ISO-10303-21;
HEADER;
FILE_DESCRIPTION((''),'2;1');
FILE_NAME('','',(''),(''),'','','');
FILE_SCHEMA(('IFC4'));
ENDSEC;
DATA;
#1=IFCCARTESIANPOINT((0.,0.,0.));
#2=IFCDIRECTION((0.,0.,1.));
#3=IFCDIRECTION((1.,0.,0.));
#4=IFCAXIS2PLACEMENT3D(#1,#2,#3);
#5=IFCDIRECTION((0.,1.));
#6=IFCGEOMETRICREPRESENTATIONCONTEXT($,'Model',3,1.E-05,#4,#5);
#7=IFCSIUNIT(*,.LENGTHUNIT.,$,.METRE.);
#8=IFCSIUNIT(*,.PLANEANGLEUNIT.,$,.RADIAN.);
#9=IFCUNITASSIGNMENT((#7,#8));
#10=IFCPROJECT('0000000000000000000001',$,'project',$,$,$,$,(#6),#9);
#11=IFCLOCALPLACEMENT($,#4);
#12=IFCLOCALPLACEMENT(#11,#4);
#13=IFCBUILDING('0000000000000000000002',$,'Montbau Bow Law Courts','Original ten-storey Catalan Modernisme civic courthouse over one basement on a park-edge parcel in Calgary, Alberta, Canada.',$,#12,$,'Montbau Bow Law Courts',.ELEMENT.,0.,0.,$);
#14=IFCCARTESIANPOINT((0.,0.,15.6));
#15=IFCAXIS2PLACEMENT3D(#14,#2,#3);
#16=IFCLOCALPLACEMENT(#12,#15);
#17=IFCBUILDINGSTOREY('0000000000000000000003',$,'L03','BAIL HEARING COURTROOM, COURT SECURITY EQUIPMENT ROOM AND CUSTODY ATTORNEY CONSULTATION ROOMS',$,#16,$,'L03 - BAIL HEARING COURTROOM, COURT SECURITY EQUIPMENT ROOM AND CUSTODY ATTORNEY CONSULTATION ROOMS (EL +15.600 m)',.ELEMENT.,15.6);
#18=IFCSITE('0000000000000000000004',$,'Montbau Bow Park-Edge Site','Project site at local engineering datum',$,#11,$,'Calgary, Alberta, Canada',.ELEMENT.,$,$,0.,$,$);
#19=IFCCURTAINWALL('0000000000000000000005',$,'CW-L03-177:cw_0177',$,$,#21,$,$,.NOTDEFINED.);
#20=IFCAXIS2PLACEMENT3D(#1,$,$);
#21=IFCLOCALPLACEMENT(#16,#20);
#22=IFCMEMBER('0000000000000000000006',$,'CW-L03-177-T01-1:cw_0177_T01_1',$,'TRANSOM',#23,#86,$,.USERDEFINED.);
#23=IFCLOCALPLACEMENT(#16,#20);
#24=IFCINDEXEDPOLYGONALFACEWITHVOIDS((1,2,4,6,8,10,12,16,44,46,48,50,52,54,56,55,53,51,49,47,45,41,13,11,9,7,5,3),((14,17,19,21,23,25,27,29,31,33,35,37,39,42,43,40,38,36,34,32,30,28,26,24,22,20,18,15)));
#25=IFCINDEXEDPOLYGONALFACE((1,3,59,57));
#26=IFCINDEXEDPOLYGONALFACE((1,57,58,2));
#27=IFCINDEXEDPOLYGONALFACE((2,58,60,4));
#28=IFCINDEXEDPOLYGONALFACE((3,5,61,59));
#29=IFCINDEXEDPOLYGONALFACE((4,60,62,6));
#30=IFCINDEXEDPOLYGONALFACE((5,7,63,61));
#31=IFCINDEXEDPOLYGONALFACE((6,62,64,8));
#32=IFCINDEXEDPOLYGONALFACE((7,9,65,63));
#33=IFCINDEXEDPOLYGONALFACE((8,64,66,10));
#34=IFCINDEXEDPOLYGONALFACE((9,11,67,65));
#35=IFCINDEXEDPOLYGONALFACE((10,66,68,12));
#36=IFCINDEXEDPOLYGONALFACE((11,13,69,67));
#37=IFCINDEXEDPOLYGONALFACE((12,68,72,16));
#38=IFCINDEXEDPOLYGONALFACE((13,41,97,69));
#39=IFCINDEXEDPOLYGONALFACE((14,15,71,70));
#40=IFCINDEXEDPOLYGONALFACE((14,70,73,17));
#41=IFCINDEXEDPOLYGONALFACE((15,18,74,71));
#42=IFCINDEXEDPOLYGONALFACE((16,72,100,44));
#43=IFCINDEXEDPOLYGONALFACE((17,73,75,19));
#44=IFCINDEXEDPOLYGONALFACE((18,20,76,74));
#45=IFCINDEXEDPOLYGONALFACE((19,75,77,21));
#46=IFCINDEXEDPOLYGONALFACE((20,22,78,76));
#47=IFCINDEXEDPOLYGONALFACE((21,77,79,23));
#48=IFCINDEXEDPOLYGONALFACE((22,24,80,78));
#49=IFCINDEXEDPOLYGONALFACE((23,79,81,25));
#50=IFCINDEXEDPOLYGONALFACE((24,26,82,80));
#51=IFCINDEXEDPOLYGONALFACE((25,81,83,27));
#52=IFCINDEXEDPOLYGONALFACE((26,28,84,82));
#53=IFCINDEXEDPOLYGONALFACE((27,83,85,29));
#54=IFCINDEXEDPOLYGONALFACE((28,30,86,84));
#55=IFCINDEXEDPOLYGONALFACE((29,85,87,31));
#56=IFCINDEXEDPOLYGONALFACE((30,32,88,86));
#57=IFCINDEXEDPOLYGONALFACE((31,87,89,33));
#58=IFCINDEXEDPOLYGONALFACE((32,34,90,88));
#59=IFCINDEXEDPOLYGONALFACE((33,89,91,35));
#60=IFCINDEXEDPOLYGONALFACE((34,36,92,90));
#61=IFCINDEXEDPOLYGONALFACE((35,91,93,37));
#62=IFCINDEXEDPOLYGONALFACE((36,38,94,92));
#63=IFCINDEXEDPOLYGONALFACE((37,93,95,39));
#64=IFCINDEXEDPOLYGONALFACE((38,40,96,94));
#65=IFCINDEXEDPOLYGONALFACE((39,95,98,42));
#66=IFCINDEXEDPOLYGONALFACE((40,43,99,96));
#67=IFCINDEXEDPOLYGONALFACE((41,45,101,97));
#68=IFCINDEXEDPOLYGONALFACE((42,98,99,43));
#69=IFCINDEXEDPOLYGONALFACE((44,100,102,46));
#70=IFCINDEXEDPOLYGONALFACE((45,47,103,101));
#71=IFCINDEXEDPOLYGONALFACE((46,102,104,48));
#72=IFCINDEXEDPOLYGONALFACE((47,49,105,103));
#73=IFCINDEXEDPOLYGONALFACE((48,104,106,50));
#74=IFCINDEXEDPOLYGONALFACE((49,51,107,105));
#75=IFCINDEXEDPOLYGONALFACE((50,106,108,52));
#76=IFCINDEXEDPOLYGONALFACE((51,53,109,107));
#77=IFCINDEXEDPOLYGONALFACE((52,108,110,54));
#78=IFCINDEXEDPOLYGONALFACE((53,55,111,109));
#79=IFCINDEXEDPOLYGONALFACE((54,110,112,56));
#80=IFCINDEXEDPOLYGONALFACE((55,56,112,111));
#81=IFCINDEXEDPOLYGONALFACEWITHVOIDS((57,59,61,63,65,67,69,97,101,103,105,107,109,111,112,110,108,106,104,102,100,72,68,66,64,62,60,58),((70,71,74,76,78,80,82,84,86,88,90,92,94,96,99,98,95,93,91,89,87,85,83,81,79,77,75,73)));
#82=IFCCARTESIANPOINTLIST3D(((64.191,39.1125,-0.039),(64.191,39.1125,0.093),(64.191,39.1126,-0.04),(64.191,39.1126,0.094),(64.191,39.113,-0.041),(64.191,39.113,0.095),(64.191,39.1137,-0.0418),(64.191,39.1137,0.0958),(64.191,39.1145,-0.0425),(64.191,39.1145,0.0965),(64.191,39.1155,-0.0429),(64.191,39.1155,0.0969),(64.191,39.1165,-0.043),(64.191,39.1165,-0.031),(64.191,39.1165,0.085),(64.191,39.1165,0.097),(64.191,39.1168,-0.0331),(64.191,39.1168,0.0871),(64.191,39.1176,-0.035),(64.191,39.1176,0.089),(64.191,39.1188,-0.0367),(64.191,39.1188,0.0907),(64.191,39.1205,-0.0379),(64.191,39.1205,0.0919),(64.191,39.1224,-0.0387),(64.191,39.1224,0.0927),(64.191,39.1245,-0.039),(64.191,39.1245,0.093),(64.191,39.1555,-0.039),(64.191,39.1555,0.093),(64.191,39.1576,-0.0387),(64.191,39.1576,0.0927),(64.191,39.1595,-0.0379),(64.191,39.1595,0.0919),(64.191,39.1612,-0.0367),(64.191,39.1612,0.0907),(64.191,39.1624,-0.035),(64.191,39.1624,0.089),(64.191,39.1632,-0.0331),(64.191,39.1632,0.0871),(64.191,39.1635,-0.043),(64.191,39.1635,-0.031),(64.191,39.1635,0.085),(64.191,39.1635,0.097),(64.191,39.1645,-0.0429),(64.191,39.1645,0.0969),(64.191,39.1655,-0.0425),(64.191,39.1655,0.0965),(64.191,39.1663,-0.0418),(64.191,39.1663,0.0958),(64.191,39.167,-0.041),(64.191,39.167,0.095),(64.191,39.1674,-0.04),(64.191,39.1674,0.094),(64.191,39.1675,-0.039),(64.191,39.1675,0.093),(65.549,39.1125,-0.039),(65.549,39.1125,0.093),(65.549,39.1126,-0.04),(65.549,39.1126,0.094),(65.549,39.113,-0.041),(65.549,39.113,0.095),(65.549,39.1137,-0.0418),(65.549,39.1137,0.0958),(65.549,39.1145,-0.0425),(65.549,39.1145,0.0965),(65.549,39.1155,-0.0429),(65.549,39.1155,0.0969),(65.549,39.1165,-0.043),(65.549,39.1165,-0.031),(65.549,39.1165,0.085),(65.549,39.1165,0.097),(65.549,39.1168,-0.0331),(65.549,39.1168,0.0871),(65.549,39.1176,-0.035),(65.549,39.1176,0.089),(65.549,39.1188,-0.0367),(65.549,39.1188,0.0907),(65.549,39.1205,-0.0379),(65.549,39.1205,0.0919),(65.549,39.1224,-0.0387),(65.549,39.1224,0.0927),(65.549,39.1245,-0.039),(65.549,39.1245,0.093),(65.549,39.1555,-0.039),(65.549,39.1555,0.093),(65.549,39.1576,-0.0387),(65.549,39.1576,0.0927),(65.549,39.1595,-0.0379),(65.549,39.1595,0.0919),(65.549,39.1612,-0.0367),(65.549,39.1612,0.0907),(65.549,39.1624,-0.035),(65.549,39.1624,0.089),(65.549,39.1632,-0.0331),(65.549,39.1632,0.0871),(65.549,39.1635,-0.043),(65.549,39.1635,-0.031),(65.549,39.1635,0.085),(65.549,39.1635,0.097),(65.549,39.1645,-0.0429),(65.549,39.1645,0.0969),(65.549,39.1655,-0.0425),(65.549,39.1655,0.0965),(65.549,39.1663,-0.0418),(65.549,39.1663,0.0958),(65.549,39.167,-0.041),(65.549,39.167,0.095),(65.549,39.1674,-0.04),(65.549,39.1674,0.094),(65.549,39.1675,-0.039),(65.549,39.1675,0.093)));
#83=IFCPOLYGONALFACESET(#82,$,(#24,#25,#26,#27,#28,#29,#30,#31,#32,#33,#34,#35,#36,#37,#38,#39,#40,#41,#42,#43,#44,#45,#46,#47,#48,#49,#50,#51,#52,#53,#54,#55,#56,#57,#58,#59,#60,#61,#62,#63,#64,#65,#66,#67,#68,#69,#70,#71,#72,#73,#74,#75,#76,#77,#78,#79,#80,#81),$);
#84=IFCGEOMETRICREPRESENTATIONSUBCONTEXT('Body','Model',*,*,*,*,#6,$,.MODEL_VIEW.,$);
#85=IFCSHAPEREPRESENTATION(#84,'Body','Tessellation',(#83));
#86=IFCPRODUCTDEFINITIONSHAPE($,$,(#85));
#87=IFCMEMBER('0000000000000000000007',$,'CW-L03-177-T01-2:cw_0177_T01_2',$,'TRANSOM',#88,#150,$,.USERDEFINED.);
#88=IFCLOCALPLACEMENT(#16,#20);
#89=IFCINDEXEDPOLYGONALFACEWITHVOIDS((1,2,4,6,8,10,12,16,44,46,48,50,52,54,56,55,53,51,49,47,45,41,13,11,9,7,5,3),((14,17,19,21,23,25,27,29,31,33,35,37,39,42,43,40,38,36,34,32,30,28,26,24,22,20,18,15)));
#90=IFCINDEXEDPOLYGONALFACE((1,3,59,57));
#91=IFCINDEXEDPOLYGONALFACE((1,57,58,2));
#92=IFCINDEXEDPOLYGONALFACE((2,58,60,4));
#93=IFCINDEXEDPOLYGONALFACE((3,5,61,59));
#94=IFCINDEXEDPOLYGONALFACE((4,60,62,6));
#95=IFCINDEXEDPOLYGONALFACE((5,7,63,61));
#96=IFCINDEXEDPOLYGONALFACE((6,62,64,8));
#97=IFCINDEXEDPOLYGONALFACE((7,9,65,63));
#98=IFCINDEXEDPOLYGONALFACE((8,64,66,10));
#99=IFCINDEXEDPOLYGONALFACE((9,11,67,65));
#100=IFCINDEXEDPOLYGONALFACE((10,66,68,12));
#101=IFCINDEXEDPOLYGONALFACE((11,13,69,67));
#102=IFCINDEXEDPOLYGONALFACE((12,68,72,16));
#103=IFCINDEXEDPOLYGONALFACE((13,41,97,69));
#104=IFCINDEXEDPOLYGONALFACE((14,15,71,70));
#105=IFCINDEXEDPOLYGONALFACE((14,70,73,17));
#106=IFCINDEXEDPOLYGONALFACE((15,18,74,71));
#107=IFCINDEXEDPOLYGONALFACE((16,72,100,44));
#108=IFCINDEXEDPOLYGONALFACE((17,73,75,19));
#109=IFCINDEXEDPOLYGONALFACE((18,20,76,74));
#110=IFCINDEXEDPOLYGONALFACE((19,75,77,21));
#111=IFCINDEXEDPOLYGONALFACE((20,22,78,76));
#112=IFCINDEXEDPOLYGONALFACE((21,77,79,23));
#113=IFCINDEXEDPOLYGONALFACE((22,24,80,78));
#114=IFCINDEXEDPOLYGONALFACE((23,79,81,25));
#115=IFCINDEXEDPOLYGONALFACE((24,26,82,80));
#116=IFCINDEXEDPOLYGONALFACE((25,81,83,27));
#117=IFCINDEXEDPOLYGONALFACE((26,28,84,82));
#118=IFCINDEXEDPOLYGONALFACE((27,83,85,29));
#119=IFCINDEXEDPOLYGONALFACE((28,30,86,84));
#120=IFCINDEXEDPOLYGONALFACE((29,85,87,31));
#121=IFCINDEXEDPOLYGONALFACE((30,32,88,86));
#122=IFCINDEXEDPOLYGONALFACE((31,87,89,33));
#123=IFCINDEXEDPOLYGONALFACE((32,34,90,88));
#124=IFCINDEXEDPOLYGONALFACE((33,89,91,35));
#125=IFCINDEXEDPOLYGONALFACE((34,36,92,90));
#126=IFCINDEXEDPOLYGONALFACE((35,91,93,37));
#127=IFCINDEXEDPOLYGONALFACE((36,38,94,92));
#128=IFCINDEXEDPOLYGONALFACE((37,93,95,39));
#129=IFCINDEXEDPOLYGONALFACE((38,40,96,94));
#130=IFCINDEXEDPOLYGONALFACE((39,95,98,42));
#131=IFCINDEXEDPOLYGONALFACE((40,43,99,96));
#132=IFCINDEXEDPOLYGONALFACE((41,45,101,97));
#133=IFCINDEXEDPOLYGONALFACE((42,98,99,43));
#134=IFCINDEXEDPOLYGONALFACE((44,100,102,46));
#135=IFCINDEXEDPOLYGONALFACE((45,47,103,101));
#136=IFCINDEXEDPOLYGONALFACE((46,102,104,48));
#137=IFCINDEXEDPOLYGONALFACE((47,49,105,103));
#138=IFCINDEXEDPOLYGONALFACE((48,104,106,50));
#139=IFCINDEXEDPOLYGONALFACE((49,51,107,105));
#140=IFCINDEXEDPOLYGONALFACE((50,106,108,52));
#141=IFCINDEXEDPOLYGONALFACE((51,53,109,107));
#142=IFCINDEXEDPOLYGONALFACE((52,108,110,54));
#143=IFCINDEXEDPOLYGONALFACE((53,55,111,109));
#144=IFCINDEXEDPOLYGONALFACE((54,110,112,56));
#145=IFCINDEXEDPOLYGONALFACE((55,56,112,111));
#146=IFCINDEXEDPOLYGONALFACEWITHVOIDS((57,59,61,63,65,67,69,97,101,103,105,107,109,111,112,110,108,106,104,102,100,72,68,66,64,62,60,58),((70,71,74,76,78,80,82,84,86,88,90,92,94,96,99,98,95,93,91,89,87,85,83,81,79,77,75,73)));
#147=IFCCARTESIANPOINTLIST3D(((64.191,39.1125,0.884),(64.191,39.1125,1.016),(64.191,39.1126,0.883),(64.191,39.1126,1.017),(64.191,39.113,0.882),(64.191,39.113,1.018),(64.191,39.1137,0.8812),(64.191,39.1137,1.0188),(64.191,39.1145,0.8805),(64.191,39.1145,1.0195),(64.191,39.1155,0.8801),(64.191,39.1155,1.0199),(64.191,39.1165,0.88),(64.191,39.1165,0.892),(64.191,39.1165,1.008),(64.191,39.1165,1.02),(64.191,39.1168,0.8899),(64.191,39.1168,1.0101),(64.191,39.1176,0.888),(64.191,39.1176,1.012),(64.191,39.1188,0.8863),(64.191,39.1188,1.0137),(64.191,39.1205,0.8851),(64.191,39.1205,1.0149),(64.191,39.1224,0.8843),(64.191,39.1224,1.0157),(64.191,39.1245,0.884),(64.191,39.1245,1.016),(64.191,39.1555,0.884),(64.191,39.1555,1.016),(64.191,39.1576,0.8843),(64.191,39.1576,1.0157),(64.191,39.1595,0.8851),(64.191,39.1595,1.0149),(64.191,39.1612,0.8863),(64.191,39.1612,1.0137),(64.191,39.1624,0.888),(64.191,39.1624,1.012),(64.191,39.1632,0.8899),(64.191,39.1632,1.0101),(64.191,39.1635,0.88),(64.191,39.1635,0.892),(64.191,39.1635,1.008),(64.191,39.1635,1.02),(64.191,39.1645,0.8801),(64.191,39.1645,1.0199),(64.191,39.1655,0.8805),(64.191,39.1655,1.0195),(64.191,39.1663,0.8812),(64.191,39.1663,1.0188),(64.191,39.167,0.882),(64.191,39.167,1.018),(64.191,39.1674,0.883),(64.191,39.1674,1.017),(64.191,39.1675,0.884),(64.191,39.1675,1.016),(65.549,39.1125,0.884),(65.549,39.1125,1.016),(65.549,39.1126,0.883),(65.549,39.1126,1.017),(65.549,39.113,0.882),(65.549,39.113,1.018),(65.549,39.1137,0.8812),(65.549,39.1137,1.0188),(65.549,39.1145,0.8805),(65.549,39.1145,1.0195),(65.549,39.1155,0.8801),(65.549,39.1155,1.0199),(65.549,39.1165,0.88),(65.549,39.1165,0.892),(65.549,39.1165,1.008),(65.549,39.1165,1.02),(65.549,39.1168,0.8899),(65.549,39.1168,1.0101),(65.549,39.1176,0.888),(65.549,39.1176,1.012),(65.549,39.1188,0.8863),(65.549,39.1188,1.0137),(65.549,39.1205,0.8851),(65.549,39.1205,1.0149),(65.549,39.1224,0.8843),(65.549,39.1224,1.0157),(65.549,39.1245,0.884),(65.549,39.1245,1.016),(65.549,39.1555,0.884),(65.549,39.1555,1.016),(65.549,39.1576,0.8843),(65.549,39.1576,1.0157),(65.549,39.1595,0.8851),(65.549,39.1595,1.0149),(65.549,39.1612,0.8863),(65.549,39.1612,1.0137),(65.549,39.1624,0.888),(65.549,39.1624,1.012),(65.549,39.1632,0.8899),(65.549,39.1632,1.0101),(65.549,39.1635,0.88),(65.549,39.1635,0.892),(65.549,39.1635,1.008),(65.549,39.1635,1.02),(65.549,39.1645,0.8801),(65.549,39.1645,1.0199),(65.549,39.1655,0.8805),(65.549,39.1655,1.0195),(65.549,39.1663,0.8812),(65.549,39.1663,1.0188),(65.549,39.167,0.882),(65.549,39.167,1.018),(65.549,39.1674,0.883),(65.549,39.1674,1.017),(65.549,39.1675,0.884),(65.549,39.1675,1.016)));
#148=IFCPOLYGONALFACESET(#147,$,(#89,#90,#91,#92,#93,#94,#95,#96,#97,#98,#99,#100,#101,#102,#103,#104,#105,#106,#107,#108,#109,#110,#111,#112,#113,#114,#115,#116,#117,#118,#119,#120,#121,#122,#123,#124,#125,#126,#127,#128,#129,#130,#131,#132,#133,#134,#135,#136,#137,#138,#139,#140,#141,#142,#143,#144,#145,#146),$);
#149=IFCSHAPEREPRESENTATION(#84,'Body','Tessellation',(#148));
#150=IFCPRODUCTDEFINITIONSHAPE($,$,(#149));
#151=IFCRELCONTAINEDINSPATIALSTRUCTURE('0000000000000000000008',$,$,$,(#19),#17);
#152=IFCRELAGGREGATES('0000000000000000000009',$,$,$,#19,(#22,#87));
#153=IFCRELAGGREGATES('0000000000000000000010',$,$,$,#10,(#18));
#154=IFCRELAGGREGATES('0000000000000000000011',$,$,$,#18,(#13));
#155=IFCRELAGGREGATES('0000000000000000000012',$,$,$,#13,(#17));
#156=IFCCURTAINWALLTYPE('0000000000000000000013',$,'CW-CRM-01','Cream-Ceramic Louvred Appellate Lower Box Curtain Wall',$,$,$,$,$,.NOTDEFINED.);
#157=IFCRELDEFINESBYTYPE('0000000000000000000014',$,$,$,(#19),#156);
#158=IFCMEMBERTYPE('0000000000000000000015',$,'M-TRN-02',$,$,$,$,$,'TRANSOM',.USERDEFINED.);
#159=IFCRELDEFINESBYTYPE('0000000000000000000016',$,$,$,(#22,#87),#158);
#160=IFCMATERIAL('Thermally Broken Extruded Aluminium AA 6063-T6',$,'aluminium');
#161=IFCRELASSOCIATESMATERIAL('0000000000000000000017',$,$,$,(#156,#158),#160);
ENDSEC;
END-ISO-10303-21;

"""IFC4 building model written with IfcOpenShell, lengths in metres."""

from ifc_helpers import new_model, si_unit, direction, frame, origin_with_axes, origin_2d_with_axis, place, context, subcontext, project, spatial, hollow_rectangle, extrude, material, material_profile, profile_set, type_object, element, aggregate, save


model = new_model("IFC4")

# Units and contexts
model_context = context("Model", 3, precision=1e-05, world=origin_with_axes(), true_north=direction((0.0, 1.0)))
body_context = subcontext(model_context, "Body", "Model", "MODEL_VIEW")
ifc_project = project(units=[si_unit("LENGTHUNIT", "METRE"), si_unit("PLANEANGLEUNIT", "RADIAN")], contexts=[model_context])

# Site, building, storey
site_placement = place(None, origin_with_axes())
site = spatial("IfcSite", under=ifc_project, at=site_placement, Name="Montbau Bow Park-Edge Site", Description="Project site at local engineering datum", LongName="Calgary, Alberta, Canada", CompositionType="ELEMENT", RefElevation=0.0)
building_placement = place(site_placement, origin_with_axes())
building = spatial("IfcBuilding", under=site, at=building_placement, Name="Montbau Bow Law Courts", Description="Original ten-storey Catalan Modernisme civic courthouse over one basement on a park-edge parcel in Calgary, Alberta, Canada.", LongName="Montbau Bow Law Courts", CompositionType="ELEMENT", ElevationOfRefHeight=0.0, ElevationOfTerrain=0.0)
storey_placement = place(building_placement, frame((0.0, 0.0, 15.6), z_axis=(0.0, 0.0, 1.0), x_axis=(1.0, 0.0, 0.0)))
storey = spatial("IfcBuildingStorey", under=building, at=storey_placement, Name="L03", Description="BAIL HEARING COURTROOM, COURT SECURITY EQUIPMENT ROOM AND CUSTODY ATTORNEY CONSULTATION ROOMS", LongName="L03 - BAIL HEARING COURTROOM, COURT SECURITY EQUIPMENT ROOM AND CUSTODY ATTORNEY CONSULTATION ROOMS (EL +15.600 m)", CompositionType="ELEMENT", Elevation=15.6)

# Curtain wall
ifc_material_1 = material(Name="Thermally Broken Extruded Aluminium AA 6063-T6", Category="aluminium")
curtain_wall_type = type_object("IfcCurtainWallType", Name="CW-CRM-01", Description="Cream-Ceramic Louvred Appellate Lower Box Curtain Wall", PredefinedType="NOTDEFINED", material=ifc_material_1)
curtain_wall_1_placement = place(None, frame((64.115, 39.14, 15.6), z_axis=(0.0, 0.0, 1.0), x_axis=(1.0, 0.0, 0.0)))
curtain_wall_1 = element("IfcCurtainWall", 1, at=curtain_wall_1_placement, inside=storey, type_object=curtain_wall_type, Name="CW-L03-177:cw_0177", PredefinedType="NOTDEFINED")

# Members
ifc_material_profile_1 = material_profile(ifc_material_1, hollow_rectangle(XDim=0.055, YDim=0.14, WallThickness=0.004, InnerFilletRadius=0.008, OuterFilletRadius=0.004, at=origin_2d_with_axis()), Name="CWT-140X55", Category="Main", Priority=0)
ifc_profile_set_1 = profile_set([ifc_material_profile_1], Name="Thermally Broken Extruded Aluminium AA 6063-T6")
member_type_1 = type_object("IfcMemberType", Name="M-TRN-02", ElementType="TRANSOM", PredefinedType="USERDEFINED", material=ifc_profile_set_1)
member_1_placement = place(None, frame((64.191, 39.14, 15.627), z_axis=(1.0, 0.0, 0.0), x_axis=(0.0, 1.0, 0.0)))
member_1 = element("IfcMember", 2, at=member_1_placement, type_object=member_type_1, Name="CW-L03-177-T01-1:cw_0177_T01_1", ObjectType="TRANSOM", PredefinedType="USERDEFINED", context=body_context, shape_type="SweptSolid", body=[
    extrude(hollow_rectangle(XDim=0.055, YDim=0.14, WallThickness=0.004, InnerFilletRadius=0.008, OuterFilletRadius=0.004, at=origin_2d_with_axis()), origin_with_axes(), (0.0, 0.0, 1.0), 1.358),
])
member_2_placement = place(None, frame((64.191, 39.14, 16.55), z_axis=(1.0, 0.0, 0.0), x_axis=(0.0, 1.0, 0.0)))
member_2 = element("IfcMember", 3, at=member_2_placement, type_object=member_type_1, Name="CW-L03-177-T01-2:cw_0177_T01_2", ObjectType="TRANSOM", PredefinedType="USERDEFINED", context=body_context, shape_type="SweptSolid", body=[
    extrude(hollow_rectangle(XDim=0.055, YDim=0.14, WallThickness=0.004, InnerFilletRadius=0.008, OuterFilletRadius=0.004, at=origin_2d_with_axis()), origin_with_axes(), (0.0, 0.0, 1.0), 1.358),
])

aggregate(curtain_wall_1, [member_1, member_2])

save(model, "model.ifc")
